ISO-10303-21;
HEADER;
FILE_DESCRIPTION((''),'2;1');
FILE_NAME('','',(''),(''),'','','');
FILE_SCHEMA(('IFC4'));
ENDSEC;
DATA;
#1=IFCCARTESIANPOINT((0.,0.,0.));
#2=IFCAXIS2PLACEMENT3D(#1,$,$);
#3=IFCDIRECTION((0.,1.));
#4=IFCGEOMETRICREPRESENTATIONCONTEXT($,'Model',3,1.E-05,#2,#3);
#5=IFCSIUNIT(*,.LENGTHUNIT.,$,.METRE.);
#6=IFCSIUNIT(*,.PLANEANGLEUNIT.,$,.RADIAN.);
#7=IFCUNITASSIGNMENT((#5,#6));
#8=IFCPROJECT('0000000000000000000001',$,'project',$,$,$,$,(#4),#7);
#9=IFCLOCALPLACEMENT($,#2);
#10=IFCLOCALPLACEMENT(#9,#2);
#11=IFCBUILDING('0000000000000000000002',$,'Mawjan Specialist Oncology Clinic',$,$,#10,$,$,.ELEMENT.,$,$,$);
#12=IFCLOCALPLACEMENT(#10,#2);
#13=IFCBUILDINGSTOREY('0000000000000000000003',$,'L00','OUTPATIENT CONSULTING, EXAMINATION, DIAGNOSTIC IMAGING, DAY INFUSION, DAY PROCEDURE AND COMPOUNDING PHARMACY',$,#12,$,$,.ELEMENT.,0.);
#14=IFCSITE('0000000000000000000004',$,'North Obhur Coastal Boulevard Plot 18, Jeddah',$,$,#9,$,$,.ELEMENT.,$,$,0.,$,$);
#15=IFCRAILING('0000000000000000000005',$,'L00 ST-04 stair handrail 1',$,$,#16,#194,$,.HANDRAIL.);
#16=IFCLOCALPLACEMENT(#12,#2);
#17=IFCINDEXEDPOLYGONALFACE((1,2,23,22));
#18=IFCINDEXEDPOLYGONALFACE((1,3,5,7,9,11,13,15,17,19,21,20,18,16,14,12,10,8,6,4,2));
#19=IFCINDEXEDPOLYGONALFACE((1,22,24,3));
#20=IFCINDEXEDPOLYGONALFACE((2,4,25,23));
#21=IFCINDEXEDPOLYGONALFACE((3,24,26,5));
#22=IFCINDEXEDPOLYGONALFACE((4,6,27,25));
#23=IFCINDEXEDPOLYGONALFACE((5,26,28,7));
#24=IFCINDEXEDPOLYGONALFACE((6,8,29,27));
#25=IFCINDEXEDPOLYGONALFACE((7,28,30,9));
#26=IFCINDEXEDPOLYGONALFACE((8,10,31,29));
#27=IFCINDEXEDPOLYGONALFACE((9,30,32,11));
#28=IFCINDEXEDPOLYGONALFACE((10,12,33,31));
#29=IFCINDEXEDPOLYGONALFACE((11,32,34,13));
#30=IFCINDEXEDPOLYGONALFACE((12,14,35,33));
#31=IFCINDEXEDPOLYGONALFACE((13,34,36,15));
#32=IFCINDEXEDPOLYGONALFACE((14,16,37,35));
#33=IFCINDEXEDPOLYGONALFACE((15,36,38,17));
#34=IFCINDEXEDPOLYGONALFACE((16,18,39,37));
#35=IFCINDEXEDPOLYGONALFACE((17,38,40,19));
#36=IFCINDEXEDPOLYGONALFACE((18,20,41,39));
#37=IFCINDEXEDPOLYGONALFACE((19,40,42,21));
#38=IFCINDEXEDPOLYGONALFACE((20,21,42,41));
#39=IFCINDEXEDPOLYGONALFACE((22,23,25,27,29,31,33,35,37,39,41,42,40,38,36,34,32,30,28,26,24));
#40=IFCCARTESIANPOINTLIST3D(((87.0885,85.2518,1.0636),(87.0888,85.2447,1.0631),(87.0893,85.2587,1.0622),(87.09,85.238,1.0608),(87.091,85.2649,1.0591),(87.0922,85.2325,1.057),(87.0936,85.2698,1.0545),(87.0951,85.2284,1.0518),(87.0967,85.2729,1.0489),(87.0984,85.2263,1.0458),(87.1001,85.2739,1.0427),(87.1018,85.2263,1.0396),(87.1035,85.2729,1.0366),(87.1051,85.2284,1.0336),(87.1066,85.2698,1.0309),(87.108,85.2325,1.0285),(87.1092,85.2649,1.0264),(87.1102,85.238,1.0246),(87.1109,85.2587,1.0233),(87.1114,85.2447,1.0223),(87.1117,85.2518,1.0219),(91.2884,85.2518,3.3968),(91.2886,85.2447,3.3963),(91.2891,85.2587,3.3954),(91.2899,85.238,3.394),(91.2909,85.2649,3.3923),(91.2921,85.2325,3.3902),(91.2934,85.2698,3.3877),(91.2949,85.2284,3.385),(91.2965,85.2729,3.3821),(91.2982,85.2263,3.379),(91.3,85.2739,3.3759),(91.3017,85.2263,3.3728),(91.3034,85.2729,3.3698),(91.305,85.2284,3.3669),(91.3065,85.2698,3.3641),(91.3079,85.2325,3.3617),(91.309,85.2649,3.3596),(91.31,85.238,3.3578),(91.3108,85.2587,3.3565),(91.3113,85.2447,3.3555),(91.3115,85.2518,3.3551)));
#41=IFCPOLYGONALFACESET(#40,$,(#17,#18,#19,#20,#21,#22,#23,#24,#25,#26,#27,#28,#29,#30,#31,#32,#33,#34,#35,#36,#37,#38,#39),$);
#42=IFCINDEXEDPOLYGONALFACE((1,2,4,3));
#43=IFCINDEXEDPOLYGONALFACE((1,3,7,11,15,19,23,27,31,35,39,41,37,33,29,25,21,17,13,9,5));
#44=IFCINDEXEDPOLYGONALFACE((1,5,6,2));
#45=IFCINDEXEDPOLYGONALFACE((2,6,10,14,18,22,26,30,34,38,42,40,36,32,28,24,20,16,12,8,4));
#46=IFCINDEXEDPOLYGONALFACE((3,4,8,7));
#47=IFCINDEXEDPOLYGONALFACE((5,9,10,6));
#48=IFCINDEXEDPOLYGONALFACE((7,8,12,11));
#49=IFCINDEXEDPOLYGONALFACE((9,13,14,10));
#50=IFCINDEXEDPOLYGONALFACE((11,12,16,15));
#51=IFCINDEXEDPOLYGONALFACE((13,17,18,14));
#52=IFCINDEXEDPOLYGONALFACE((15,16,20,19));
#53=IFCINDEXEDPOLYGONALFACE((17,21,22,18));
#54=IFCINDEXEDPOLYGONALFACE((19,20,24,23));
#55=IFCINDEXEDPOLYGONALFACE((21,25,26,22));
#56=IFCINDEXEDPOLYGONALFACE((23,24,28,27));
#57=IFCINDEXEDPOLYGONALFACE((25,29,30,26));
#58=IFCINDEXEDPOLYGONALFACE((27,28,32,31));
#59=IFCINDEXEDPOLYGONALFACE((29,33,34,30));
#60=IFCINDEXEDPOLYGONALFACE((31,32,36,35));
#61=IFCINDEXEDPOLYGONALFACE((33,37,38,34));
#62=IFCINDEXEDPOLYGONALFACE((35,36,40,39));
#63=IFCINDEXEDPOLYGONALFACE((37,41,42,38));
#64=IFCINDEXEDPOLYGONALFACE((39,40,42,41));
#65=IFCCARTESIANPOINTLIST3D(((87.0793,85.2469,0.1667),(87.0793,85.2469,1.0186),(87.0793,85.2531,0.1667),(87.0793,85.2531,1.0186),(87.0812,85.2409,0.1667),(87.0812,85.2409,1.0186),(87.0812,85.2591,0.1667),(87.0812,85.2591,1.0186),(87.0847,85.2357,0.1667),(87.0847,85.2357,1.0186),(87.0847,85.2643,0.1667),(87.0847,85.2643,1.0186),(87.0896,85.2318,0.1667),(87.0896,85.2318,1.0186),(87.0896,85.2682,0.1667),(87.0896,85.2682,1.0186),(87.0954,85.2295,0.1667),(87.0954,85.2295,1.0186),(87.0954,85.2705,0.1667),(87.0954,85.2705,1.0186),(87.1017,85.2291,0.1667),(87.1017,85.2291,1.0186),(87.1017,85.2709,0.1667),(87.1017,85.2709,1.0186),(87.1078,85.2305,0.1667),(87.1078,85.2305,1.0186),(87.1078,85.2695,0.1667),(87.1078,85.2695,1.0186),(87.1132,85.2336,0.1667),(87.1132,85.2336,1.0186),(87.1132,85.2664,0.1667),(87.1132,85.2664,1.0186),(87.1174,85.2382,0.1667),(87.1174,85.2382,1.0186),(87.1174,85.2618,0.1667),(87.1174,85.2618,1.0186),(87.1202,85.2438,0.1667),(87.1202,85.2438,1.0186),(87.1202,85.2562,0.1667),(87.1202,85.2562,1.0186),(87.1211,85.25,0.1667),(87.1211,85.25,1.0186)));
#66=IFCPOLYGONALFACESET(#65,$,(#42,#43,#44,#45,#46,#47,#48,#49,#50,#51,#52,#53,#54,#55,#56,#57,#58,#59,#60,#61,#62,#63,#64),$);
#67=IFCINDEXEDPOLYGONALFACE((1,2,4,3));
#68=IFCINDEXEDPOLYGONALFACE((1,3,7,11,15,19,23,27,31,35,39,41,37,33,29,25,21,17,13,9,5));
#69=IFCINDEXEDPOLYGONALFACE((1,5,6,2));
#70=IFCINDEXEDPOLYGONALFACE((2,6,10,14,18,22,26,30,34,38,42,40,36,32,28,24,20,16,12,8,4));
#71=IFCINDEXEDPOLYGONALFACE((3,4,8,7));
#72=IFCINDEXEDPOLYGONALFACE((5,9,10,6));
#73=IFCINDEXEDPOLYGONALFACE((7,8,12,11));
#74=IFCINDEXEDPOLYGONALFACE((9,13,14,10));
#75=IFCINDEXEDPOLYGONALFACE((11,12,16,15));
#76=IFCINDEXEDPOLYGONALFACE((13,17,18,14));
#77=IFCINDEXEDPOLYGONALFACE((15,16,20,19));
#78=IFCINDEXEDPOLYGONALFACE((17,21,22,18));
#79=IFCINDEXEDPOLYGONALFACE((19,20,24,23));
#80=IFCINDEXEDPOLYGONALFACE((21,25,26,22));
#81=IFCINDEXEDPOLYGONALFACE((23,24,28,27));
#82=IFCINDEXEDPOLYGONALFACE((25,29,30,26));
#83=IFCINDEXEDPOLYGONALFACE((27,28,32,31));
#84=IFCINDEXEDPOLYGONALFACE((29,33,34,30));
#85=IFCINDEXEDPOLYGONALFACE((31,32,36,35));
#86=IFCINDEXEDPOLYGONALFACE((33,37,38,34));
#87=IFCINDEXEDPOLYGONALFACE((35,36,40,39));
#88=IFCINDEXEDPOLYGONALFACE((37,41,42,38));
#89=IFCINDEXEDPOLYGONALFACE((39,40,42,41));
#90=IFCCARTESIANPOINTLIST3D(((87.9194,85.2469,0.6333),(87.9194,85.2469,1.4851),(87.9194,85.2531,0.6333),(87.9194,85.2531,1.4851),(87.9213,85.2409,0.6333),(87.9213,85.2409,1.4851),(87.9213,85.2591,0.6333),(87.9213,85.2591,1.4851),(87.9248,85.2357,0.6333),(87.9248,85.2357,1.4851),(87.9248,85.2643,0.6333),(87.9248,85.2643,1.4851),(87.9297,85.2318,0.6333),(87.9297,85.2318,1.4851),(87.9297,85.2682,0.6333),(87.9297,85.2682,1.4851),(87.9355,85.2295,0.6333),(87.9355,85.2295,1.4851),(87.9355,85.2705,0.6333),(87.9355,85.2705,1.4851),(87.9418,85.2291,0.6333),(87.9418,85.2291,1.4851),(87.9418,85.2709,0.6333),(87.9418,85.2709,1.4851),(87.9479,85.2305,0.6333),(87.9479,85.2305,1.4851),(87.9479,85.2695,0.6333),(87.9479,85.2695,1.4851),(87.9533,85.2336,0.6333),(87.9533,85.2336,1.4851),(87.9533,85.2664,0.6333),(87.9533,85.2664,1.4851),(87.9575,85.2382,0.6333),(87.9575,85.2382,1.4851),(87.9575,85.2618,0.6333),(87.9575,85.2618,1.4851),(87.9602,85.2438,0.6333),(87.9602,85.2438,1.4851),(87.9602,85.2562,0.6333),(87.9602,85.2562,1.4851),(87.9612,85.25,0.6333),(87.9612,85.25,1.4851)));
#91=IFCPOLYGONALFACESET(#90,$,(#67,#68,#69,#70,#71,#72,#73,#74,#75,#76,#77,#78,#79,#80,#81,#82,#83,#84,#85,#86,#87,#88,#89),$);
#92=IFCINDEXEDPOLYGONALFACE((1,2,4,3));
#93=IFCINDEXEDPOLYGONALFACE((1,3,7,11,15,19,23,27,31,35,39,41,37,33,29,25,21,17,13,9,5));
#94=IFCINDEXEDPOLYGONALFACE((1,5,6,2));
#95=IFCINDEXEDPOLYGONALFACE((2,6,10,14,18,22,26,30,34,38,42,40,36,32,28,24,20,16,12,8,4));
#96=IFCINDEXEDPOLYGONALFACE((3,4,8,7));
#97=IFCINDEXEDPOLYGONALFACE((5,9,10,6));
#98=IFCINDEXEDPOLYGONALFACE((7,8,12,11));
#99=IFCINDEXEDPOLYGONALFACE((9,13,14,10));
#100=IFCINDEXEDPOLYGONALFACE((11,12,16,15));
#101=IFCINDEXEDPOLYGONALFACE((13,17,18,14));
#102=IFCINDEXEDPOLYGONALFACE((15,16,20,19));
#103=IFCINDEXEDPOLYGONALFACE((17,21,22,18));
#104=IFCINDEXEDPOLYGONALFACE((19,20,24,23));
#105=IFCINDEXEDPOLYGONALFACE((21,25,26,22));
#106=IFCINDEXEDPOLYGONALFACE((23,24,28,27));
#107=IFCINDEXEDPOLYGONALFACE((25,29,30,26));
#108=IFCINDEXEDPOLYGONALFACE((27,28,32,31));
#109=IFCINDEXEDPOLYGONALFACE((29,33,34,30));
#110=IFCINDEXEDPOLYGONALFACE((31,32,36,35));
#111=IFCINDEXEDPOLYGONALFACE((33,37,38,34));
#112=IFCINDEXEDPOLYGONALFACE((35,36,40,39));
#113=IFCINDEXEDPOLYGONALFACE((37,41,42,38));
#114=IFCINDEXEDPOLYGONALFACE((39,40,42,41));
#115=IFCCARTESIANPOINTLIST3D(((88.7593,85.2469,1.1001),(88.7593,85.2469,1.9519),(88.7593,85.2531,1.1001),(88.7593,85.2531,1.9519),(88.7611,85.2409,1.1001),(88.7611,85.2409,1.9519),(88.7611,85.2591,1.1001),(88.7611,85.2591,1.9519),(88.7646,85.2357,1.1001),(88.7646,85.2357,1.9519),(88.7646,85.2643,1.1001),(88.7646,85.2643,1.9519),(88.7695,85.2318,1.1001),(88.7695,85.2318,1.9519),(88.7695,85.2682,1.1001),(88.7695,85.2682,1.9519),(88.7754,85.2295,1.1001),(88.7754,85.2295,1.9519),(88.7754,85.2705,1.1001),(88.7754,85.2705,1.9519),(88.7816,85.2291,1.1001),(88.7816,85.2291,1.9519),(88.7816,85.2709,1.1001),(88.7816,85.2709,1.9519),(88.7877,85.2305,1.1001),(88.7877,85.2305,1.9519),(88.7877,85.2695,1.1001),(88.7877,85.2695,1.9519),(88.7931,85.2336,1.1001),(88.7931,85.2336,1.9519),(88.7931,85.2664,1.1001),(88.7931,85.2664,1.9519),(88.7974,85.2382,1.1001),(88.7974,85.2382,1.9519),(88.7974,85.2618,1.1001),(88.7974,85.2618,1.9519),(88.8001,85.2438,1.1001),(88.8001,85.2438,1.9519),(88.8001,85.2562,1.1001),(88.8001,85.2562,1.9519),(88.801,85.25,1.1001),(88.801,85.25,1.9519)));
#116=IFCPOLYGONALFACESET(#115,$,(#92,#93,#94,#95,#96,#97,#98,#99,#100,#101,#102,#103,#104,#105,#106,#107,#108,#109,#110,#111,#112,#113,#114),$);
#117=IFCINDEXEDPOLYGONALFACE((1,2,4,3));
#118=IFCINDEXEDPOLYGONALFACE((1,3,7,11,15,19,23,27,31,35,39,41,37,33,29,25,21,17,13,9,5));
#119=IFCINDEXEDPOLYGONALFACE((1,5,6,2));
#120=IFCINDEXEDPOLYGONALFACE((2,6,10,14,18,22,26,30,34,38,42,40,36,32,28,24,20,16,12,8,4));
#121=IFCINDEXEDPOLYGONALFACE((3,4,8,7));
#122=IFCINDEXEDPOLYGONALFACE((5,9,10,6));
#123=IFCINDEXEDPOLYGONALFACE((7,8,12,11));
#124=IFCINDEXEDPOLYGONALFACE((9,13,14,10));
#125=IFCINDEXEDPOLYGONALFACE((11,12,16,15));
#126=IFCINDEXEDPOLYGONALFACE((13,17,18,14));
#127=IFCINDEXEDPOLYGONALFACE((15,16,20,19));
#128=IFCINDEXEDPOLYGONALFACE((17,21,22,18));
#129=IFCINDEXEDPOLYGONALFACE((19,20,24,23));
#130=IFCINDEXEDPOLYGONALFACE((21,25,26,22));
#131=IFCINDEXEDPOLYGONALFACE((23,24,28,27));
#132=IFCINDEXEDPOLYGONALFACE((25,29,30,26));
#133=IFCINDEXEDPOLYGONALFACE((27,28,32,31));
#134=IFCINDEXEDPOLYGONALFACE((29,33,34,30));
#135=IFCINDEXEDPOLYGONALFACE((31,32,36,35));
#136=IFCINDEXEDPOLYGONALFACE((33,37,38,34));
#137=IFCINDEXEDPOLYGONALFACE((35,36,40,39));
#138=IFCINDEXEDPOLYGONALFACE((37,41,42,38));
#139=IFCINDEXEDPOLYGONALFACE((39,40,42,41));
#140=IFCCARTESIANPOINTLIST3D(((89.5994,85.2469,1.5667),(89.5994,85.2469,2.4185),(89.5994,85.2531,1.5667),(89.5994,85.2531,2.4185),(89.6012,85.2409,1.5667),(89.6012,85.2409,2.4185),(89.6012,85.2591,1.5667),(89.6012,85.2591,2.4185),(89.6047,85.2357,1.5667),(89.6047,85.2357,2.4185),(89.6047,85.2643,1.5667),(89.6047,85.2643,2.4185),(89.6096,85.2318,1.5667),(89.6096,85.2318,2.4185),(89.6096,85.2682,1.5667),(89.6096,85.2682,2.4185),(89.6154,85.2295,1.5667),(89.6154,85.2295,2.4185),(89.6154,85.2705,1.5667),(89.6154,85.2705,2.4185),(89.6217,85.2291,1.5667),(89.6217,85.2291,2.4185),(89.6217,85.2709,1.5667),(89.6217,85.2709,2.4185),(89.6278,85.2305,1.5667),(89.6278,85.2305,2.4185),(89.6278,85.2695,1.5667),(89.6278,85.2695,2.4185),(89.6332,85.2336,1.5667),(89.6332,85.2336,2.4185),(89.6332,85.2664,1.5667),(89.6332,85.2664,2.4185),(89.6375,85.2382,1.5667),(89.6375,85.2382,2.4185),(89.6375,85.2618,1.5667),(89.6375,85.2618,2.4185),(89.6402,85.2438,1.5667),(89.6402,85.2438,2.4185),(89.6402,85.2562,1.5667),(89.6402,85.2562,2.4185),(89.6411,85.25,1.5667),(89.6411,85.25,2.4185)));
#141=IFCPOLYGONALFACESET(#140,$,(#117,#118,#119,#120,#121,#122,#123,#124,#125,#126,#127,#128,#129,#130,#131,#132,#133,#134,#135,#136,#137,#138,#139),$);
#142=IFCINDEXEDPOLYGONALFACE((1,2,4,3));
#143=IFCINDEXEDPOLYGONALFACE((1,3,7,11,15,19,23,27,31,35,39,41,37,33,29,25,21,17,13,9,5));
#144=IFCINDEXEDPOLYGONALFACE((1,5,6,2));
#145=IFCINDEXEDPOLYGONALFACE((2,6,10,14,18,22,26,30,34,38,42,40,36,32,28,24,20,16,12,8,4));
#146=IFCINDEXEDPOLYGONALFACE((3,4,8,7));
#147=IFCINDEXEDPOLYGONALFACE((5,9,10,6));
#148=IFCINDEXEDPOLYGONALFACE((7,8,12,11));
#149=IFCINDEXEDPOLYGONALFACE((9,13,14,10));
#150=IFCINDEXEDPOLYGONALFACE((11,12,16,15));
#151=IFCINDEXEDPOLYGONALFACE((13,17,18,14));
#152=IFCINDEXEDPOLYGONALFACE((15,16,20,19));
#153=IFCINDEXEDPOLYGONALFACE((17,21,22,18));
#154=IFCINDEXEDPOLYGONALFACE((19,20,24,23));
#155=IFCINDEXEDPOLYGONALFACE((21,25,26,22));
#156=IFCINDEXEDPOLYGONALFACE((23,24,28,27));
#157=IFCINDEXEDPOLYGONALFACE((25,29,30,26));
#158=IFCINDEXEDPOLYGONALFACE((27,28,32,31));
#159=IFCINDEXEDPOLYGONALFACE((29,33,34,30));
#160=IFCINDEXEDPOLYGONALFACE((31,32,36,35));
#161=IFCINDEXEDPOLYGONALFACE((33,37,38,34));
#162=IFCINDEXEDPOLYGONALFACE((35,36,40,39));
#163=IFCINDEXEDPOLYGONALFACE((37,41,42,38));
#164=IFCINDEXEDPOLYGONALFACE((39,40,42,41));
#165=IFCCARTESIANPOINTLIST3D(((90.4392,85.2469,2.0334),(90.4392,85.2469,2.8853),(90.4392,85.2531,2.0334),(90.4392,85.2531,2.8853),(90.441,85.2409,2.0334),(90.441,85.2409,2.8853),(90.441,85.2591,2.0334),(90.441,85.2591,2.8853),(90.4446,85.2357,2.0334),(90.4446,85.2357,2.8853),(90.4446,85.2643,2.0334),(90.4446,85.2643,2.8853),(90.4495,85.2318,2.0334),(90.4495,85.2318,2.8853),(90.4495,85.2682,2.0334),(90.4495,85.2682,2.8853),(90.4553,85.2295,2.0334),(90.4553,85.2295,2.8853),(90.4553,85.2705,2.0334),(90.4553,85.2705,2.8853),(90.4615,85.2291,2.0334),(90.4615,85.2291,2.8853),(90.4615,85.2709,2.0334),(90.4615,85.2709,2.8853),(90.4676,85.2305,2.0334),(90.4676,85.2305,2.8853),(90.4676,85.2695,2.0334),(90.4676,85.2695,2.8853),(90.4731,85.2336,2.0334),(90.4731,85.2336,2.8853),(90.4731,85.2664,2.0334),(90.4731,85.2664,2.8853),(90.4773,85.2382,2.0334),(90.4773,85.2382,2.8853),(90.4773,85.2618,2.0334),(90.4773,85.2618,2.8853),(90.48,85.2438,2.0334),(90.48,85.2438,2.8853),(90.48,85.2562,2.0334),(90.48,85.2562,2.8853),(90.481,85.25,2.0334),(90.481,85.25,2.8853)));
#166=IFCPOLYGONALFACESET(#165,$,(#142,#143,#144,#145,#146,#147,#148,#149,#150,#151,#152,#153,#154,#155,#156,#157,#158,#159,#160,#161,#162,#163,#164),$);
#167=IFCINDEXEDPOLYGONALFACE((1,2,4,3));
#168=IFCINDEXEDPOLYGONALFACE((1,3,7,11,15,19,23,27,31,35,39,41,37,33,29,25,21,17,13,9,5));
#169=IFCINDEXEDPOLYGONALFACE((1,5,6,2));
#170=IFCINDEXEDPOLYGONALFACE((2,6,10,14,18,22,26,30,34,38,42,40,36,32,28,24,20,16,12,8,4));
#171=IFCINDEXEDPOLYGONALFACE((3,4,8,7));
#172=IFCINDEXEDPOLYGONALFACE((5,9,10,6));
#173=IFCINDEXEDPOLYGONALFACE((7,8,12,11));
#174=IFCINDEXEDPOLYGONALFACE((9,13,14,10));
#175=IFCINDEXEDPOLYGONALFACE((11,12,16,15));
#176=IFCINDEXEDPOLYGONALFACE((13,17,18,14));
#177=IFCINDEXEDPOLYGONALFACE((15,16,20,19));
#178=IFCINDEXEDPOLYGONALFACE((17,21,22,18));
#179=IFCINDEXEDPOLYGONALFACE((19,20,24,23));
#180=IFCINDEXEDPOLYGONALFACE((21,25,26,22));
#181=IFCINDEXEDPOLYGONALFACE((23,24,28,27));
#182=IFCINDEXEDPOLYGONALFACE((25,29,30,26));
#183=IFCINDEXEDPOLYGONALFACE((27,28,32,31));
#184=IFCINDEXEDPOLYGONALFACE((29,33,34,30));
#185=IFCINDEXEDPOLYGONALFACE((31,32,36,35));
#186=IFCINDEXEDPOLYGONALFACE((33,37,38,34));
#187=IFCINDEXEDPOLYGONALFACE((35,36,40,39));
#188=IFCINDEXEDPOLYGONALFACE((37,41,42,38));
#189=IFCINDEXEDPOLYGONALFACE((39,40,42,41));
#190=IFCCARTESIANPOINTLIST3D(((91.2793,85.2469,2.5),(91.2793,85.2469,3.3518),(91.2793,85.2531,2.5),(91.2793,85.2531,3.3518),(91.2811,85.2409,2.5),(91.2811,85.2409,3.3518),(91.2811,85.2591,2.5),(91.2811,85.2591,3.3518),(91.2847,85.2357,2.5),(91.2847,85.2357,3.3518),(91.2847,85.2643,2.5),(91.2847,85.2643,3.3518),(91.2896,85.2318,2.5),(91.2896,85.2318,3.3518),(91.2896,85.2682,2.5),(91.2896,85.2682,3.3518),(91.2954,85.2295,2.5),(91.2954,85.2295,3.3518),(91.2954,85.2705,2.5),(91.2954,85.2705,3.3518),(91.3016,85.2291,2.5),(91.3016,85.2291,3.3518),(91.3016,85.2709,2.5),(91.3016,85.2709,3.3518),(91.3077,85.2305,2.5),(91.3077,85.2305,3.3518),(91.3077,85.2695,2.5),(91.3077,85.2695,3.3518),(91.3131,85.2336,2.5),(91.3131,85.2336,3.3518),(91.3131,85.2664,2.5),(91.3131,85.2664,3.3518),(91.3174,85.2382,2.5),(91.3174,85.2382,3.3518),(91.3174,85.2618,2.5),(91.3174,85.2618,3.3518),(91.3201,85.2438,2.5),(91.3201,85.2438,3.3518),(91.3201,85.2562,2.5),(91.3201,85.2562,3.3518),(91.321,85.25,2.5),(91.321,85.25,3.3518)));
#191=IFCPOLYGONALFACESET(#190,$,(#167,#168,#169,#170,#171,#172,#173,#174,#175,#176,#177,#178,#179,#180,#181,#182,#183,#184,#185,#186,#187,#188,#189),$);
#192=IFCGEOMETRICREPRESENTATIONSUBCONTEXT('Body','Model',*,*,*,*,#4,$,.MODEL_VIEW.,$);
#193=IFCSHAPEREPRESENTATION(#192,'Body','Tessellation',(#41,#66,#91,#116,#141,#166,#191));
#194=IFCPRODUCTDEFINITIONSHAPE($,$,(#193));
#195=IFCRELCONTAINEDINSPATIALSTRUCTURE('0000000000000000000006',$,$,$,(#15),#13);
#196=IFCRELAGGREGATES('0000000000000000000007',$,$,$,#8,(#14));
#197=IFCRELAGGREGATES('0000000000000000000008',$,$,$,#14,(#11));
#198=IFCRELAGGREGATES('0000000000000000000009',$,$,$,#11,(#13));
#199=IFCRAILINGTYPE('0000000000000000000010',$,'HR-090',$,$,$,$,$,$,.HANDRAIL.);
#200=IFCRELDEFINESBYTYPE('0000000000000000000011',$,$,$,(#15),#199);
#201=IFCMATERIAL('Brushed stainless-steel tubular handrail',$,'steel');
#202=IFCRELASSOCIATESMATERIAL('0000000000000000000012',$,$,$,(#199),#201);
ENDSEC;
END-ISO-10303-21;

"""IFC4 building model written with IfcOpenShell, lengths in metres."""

from ifc_helpers import new_model, si_unit, direction, frame, origin, origin_2d, place, context, subcontext, project, spatial, circle, extrude, material, type_object, element, save


model = new_model("IFC4")

# Units and contexts
model_context = context("Model", 3, precision=1e-05, world=origin(), true_north=direction((0.0, 1.0)))
body_context = subcontext(model_context, "Body", "Model", "MODEL_VIEW")
ifc_project = project(units=[si_unit("LENGTHUNIT", "METRE"), si_unit("PLANEANGLEUNIT", "RADIAN")], contexts=[model_context])

# Site, building, storey
site_placement = place(None, origin())
site = spatial("IfcSite", under=ifc_project, at=site_placement, Name="North Obhur Coastal Boulevard Plot 18, Jeddah", CompositionType="ELEMENT", RefElevation=0.0)
building_placement = place(site_placement, origin())
building = spatial("IfcBuilding", under=site, at=building_placement, Name="Mawjan Specialist Oncology Clinic", CompositionType="ELEMENT")
storey_placement = place(building_placement, origin())
storey = spatial("IfcBuildingStorey", under=building, at=storey_placement, Name="L00", Description="OUTPATIENT CONSULTING, EXAMINATION, DIAGNOSTIC IMAGING, DAY INFUSION, DAY PROCEDURE AND COMPOUNDING PHARMACY", CompositionType="ELEMENT", Elevation=0.0)

# Railing
ifc_material_1 = material(Name="Brushed stainless-steel tubular handrail", Category="steel")
railing_type_1 = type_object("IfcRailingType", Name="HR-090", PredefinedType="HANDRAIL", material=ifc_material_1)
railing_1_placement = place(storey_placement, frame((87.1001, 85.25, 0.1667)))
element("IfcRailing", 1, at=railing_1_placement, inside=storey, type_object=railing_type_1, Name="L00 ST-04 stair handrail 1", PredefinedType="HANDRAIL", context=body_context, shape_type="SweptSolid", body=[
    extrude(circle(Radius=0.0239, at=origin_2d()), frame((0.0, 0.0, 0.876), z_axis=(0.874162, 0.0, 0.485634), x_axis=(0.0, 1.0, 0.0)), (0.0, 0.0, 1.0), 4.8044),
    extrude(circle(Radius=0.021, at=origin_2d()), origin(), (0.0, 0.0, 1.0), 0.8518),
    extrude(circle(Radius=0.021, at=origin_2d()), frame((0.8401, 0.0, 0.4666)), (0.0, 0.0, 1.0), 0.8518),
    extrude(circle(Radius=0.021, at=origin_2d()), frame((1.6799, 0.0, 0.9333)), (0.0, 0.0, 1.0), 0.8518),
    extrude(circle(Radius=0.021, at=origin_2d()), frame((2.52, 0.0, 1.3999)), (0.0, 0.0, 1.0), 0.8518),
    extrude(circle(Radius=0.021, at=origin_2d()), frame((3.3599, 0.0, 1.8667)), (0.0, 0.0, 1.0), 0.8518),
    extrude(circle(Radius=0.021, at=origin_2d()), frame((4.2, 0.0, 2.3333)), (0.0, 0.0, 1.0), 0.8518),
])

save(model, "model.ifc")
